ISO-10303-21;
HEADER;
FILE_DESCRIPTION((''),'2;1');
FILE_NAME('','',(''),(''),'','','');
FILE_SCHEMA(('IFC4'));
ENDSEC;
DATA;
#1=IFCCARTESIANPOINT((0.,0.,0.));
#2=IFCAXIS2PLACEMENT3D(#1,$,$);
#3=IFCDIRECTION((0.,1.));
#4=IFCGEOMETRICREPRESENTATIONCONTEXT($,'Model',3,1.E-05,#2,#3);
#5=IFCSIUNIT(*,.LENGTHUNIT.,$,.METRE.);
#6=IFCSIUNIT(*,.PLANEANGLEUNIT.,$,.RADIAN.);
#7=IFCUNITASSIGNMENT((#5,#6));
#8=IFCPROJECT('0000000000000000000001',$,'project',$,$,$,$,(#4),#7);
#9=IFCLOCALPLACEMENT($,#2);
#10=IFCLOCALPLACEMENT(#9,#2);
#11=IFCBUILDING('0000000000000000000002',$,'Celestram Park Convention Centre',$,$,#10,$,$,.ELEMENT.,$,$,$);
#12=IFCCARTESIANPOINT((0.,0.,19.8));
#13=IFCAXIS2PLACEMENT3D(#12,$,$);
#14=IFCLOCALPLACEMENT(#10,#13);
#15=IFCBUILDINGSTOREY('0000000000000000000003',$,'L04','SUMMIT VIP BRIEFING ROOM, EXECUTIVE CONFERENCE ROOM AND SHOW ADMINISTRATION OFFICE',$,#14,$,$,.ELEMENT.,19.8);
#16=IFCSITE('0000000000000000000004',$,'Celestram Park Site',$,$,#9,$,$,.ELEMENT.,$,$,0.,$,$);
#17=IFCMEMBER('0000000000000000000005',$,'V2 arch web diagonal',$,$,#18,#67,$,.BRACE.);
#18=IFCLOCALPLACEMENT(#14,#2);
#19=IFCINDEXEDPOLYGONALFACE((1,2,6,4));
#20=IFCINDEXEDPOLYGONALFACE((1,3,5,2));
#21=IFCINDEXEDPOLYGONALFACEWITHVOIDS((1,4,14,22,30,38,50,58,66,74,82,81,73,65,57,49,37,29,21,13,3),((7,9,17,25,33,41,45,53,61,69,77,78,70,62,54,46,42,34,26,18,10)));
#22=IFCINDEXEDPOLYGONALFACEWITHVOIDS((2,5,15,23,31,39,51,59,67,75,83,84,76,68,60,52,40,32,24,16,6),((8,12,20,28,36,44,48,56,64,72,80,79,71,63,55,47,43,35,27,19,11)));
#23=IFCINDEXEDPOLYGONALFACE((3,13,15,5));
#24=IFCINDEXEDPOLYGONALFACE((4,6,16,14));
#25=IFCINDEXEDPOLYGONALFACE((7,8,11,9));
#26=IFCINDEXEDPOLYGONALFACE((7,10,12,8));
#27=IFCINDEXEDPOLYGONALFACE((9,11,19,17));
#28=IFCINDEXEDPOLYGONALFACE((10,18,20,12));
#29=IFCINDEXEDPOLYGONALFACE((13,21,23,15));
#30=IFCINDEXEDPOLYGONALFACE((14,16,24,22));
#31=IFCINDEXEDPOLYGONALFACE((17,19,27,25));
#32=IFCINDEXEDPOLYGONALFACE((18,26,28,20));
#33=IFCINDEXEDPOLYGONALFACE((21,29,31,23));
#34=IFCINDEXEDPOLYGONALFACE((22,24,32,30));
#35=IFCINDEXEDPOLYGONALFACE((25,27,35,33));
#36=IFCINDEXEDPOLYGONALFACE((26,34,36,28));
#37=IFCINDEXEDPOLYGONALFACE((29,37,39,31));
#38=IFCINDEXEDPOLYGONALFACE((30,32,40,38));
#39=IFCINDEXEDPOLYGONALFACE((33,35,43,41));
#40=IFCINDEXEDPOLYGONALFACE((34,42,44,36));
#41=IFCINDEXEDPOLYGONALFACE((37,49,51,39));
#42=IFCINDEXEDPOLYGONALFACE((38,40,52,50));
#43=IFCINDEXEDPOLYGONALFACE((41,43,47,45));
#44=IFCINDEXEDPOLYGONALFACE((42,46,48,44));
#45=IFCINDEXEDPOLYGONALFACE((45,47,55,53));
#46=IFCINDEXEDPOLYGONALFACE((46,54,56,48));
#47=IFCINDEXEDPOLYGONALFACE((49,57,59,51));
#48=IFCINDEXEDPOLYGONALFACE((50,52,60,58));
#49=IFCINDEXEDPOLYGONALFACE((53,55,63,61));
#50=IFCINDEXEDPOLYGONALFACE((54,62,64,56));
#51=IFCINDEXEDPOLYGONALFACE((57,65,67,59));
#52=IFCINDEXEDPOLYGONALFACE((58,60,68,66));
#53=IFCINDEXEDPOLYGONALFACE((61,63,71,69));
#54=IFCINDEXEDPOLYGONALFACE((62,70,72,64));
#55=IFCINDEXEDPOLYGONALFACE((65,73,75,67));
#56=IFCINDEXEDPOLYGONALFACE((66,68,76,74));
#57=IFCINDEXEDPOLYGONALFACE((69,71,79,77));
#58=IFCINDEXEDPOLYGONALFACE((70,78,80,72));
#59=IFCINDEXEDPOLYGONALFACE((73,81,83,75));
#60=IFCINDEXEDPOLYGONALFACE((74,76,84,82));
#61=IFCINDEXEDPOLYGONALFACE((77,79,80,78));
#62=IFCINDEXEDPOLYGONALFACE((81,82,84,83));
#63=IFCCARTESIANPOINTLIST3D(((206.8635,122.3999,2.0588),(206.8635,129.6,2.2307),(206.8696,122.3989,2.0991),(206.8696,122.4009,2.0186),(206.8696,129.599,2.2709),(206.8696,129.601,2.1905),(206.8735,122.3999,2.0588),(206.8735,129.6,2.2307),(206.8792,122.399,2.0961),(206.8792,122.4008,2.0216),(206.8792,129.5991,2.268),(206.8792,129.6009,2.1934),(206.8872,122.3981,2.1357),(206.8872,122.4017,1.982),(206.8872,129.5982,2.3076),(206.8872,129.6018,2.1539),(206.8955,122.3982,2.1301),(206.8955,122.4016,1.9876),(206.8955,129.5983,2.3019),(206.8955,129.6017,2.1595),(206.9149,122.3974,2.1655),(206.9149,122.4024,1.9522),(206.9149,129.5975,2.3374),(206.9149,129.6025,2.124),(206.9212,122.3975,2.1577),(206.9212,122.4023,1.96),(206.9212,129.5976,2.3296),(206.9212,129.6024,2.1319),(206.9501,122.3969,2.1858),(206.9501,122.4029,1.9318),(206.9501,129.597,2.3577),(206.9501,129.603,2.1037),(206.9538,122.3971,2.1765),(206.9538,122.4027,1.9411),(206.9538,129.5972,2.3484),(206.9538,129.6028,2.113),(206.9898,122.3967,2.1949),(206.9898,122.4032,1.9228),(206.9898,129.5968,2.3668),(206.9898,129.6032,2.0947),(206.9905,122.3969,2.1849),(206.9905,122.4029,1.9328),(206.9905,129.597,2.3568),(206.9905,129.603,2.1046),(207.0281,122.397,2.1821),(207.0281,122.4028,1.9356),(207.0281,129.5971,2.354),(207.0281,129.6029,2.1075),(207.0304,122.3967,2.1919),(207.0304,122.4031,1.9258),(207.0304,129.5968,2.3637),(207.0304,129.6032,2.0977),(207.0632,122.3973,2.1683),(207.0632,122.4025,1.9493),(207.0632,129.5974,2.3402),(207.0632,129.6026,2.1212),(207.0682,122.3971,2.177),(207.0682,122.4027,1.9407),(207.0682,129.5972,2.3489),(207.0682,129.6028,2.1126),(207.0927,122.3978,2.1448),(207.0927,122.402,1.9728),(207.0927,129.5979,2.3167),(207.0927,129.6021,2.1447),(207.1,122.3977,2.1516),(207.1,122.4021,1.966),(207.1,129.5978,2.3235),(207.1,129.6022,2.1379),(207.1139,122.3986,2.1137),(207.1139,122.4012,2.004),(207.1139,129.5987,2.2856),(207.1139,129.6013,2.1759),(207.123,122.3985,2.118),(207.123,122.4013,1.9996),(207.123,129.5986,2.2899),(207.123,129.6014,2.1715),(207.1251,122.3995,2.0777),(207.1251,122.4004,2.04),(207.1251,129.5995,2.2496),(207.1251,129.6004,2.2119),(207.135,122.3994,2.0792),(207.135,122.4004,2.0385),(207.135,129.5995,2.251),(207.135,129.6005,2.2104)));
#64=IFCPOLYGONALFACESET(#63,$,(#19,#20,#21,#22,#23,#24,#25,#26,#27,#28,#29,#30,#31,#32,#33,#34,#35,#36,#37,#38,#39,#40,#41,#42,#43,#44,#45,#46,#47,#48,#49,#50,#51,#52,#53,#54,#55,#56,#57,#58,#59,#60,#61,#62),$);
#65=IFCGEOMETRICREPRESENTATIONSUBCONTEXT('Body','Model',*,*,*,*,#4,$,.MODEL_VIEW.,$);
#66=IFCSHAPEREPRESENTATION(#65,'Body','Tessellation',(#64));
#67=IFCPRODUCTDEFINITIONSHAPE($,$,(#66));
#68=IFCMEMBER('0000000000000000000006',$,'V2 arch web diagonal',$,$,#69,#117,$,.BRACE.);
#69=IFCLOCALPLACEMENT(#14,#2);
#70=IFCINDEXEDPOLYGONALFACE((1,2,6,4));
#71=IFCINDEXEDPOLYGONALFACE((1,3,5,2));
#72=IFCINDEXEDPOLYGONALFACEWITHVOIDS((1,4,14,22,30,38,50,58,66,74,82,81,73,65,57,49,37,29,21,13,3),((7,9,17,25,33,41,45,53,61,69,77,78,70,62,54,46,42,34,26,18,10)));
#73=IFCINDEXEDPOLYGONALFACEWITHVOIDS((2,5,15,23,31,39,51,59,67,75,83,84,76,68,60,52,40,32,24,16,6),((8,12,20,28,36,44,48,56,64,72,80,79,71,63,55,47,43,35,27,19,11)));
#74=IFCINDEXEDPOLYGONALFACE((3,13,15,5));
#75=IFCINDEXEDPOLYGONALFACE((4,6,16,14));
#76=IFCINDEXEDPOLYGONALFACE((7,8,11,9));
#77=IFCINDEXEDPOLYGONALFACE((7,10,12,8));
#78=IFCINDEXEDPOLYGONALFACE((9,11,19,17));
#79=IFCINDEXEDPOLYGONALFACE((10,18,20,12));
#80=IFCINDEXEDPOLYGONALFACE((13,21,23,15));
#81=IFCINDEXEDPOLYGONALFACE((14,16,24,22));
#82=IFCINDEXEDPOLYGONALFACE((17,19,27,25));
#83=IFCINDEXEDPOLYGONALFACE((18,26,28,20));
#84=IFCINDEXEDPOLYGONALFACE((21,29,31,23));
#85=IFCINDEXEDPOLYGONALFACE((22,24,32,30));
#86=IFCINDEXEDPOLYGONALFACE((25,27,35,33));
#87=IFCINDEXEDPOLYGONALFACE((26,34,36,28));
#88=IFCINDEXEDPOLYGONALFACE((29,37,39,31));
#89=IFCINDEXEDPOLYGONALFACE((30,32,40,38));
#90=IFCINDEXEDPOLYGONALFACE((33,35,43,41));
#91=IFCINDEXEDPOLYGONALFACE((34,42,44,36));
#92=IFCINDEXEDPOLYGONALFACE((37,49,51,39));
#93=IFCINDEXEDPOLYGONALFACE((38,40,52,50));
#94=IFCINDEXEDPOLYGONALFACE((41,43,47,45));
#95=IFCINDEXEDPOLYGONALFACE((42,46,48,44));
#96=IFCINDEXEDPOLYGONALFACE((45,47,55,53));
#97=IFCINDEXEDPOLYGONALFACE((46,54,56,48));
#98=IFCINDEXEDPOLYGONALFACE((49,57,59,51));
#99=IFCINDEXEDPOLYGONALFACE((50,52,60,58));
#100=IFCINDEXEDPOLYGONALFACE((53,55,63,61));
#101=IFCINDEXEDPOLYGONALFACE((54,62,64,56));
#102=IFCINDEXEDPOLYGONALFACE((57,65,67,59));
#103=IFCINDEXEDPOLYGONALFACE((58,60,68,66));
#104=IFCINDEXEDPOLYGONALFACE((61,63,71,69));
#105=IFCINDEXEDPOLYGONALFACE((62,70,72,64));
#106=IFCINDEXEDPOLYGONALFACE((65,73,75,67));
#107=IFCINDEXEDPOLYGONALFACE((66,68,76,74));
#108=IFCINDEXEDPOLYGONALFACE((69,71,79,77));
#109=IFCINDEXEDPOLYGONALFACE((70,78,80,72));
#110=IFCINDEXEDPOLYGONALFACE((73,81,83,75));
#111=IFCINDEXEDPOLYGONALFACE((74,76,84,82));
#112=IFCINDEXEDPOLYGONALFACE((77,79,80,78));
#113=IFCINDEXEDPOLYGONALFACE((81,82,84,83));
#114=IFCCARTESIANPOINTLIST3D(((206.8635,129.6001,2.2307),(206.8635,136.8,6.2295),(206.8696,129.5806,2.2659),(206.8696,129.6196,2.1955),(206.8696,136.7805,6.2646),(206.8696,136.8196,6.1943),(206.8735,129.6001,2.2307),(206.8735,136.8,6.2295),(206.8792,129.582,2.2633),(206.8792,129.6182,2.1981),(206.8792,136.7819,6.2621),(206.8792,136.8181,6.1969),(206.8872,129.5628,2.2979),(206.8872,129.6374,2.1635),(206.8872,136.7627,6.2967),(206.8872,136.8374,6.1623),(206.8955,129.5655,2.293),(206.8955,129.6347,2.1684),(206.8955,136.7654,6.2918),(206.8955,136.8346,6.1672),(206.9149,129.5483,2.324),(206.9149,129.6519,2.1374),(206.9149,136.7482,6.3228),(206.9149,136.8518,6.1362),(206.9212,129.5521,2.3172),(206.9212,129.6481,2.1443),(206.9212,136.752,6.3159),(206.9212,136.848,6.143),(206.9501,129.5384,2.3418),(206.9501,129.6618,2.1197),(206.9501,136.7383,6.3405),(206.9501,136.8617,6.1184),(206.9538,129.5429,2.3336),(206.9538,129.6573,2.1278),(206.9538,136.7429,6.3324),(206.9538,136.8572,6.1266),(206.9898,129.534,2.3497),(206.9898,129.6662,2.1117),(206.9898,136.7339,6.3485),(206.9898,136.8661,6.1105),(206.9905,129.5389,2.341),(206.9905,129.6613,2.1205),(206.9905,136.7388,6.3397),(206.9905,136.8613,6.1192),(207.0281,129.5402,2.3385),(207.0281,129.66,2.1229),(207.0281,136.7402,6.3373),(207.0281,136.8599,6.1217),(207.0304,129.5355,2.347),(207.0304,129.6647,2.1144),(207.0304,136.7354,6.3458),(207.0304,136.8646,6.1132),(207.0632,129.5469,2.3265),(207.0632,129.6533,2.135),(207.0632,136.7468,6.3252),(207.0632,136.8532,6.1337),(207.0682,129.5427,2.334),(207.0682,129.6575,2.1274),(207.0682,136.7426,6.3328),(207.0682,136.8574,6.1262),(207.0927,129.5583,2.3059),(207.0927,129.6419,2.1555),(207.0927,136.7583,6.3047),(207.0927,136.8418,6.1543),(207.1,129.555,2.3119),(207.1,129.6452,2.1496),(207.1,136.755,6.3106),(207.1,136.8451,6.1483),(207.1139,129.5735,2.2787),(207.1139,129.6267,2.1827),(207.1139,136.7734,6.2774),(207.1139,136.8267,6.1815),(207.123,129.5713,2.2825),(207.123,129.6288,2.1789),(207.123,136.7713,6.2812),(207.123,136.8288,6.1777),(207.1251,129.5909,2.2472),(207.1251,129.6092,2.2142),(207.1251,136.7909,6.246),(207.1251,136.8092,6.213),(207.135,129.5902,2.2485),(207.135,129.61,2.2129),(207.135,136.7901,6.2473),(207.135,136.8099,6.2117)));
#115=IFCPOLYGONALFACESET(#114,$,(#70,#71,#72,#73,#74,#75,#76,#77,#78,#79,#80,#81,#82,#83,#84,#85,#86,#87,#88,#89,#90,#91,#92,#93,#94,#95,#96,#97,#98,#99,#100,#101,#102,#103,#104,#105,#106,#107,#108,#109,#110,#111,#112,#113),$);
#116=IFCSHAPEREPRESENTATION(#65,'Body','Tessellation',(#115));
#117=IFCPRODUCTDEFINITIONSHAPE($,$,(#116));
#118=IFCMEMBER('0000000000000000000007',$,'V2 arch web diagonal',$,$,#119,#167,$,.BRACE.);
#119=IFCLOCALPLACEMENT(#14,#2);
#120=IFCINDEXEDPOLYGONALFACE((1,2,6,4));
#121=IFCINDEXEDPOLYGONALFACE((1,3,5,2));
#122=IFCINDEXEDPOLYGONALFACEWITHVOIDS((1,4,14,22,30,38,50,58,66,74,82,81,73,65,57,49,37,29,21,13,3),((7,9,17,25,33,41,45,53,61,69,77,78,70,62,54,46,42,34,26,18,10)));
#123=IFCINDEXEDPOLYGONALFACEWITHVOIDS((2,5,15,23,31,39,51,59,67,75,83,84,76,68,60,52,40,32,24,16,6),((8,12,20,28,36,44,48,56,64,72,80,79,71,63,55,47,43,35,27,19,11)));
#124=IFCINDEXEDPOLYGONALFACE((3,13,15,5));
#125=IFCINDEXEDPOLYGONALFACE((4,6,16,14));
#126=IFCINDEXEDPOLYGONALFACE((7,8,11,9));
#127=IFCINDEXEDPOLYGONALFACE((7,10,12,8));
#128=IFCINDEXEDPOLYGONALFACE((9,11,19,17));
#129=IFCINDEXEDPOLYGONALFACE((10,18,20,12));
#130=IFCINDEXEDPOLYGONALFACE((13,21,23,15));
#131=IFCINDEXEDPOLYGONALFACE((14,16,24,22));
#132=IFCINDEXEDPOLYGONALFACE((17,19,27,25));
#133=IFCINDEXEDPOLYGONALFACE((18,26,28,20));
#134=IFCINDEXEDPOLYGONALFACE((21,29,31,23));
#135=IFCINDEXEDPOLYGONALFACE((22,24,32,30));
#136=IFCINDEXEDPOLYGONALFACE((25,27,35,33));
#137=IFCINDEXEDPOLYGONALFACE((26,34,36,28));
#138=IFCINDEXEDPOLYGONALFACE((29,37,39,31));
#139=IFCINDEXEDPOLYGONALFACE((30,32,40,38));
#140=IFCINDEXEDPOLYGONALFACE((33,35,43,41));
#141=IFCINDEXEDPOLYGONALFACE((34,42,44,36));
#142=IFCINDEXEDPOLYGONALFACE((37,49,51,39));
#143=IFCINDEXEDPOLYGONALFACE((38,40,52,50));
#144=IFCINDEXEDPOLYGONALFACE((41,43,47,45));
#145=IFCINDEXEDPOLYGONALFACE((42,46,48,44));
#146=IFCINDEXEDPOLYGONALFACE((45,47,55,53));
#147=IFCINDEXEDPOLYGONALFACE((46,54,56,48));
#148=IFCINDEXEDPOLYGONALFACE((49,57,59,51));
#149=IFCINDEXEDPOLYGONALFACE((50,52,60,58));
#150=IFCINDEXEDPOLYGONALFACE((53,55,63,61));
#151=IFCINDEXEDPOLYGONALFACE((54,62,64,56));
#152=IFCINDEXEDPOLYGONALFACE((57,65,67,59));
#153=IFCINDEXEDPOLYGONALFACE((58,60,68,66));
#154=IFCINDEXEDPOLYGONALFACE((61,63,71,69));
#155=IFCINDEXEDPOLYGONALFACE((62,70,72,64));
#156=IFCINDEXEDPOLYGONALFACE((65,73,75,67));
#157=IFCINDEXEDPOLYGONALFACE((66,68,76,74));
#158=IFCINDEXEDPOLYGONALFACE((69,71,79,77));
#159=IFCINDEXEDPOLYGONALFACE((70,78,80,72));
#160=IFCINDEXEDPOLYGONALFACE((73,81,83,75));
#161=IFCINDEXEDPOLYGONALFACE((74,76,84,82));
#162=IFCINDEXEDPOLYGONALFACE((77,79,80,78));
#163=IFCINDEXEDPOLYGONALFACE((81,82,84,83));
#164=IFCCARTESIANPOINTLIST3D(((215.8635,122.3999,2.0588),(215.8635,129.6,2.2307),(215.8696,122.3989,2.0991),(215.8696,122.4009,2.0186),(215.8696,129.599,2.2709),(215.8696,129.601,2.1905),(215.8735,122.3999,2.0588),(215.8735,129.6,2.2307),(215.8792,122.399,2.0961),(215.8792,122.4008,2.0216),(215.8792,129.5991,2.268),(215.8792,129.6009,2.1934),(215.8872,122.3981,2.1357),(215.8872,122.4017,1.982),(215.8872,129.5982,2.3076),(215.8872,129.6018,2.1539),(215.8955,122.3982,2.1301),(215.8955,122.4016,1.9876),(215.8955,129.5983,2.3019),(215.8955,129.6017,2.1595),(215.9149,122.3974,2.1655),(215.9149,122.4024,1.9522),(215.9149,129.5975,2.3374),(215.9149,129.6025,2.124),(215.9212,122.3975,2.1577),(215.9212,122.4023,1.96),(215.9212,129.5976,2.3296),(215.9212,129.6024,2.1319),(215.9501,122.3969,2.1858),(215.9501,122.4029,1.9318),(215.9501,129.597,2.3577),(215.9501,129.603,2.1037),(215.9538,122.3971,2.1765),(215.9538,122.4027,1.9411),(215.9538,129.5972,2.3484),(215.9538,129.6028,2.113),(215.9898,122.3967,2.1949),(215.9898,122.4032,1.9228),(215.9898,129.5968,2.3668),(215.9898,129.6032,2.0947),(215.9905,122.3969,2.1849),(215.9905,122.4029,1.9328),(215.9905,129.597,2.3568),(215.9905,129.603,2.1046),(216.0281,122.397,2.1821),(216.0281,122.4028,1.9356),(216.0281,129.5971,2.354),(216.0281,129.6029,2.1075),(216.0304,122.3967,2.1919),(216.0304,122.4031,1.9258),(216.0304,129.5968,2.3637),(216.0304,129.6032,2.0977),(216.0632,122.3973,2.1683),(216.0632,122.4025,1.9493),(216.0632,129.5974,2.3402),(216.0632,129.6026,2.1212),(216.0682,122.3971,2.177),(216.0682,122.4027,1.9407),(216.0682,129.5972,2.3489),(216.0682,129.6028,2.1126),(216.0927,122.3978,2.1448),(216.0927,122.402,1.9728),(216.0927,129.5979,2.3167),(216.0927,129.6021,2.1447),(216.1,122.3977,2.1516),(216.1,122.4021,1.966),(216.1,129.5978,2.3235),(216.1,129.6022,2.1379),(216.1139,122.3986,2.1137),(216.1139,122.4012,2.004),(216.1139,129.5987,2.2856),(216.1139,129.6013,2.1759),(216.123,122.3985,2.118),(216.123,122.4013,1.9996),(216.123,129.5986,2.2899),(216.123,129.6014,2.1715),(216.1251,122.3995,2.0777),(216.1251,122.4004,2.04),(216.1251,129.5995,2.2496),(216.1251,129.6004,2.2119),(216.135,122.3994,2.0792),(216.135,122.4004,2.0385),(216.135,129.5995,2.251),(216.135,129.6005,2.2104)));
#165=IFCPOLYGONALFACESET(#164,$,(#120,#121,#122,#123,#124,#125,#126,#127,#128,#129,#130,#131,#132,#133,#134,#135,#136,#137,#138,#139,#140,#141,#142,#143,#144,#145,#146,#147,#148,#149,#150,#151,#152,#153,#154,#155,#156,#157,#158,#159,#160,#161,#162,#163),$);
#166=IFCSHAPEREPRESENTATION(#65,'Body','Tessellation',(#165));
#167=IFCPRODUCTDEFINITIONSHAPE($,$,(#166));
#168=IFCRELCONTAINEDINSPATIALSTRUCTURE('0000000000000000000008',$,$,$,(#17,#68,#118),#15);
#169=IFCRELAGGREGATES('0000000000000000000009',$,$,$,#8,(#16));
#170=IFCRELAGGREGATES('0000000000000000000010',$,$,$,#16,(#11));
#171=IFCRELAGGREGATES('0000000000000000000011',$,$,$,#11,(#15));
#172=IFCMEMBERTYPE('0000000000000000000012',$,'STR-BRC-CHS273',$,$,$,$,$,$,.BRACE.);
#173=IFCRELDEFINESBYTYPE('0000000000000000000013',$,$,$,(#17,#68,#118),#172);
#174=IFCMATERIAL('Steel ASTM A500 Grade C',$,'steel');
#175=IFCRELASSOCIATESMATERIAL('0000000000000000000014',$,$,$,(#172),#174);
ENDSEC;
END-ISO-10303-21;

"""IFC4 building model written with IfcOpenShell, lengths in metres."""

from ifc_helpers import new_model, si_unit, direction, frame, origin, origin_2d, place, context, subcontext, project, spatial, hollow_circle, extrude, material, material_profile, profile_set, type_object, element, save


model = new_model("IFC4")

# Units and contexts
model_context = context("Model", 3, precision=1e-05, world=origin(), true_north=direction((0.0, 1.0)))
body_context = subcontext(model_context, "Body", "Model", "MODEL_VIEW")
ifc_project = project(units=[si_unit("LENGTHUNIT", "METRE"), si_unit("PLANEANGLEUNIT", "RADIAN")], contexts=[model_context])

# Site, building, storey
site_placement = place(None, origin())
site = spatial("IfcSite", under=ifc_project, at=site_placement, Name="Celestram Park Site", CompositionType="ELEMENT", RefElevation=0.0)
building_placement = place(site_placement, origin())
building = spatial("IfcBuilding", under=site, at=building_placement, Name="Celestram Park Convention Centre", CompositionType="ELEMENT")
storey_placement = place(building_placement, frame((0.0, 0.0, 19.8)))
storey = spatial("IfcBuildingStorey", under=building, at=storey_placement, Name="L04", Description="SUMMIT VIP BRIEFING ROOM, EXECUTIVE CONFERENCE ROOM AND SHOW ADMINISTRATION OFFICE", CompositionType="ELEMENT", Elevation=19.8)

# Members
ifc_material_1 = material(Name="Steel ASTM A500 Grade C", Category="steel")
ifc_material_profile_1 = material_profile(ifc_material_1, hollow_circle(Radius=0.1365, WallThickness=0.01, at=origin_2d()), Name="CHS273X10")
ifc_profile_set_1 = profile_set([ifc_material_profile_1], Name="Steel ASTM A500 Grade C")
member_type_1 = type_object("IfcMemberType", Name="STR-BRC-CHS273", PredefinedType="BRACE", material=ifc_profile_set_1)
member_1_placement = place(storey_placement, frame((207.0, 122.3999, 2.0588), z_axis=(0.0, 0.999715, 0.023864), x_axis=(-1.0, 0.0, 0.0)))
element("IfcMember", 1, at=member_1_placement, inside=storey, type_object=member_type_1, Name="V2 arch web diagonal", PredefinedType="BRACE", context=body_context, shape_type="SweptSolid", body=[
    extrude(hollow_circle(Radius=0.1365, WallThickness=0.01, at=origin_2d()), origin(), (0.0, 0.0, 1.0), 7.2021),
])
member_2_placement = place(storey_placement, frame((207.0, 129.6001, 2.2307), z_axis=(0.0, 0.874219, 0.485532), x_axis=(-1.0, 0.0, 0.0)))
element("IfcMember", 2, at=member_2_placement, inside=storey, type_object=member_type_1, Name="V2 arch web diagonal", PredefinedType="BRACE", context=body_context, shape_type="SweptSolid", body=[
    extrude(hollow_circle(Radius=0.1365, WallThickness=0.01, at=origin_2d()), origin(), (0.0, 0.0, 1.0), 8.2358),
])
member_3_placement = place(storey_placement, frame((216.0, 122.3999, 2.0588), z_axis=(0.0, 0.999715, 0.023864), x_axis=(-1.0, 0.0, 0.0)))
element("IfcMember", 3, at=member_3_placement, inside=storey, type_object=member_type_1, Name="V2 arch web diagonal", PredefinedType="BRACE", context=body_context, shape_type="SweptSolid", body=[
    extrude(hollow_circle(Radius=0.1365, WallThickness=0.01, at=origin_2d()), origin(), (0.0, 0.0, 1.0), 7.2021),
])

save(model, "model.ifc")
